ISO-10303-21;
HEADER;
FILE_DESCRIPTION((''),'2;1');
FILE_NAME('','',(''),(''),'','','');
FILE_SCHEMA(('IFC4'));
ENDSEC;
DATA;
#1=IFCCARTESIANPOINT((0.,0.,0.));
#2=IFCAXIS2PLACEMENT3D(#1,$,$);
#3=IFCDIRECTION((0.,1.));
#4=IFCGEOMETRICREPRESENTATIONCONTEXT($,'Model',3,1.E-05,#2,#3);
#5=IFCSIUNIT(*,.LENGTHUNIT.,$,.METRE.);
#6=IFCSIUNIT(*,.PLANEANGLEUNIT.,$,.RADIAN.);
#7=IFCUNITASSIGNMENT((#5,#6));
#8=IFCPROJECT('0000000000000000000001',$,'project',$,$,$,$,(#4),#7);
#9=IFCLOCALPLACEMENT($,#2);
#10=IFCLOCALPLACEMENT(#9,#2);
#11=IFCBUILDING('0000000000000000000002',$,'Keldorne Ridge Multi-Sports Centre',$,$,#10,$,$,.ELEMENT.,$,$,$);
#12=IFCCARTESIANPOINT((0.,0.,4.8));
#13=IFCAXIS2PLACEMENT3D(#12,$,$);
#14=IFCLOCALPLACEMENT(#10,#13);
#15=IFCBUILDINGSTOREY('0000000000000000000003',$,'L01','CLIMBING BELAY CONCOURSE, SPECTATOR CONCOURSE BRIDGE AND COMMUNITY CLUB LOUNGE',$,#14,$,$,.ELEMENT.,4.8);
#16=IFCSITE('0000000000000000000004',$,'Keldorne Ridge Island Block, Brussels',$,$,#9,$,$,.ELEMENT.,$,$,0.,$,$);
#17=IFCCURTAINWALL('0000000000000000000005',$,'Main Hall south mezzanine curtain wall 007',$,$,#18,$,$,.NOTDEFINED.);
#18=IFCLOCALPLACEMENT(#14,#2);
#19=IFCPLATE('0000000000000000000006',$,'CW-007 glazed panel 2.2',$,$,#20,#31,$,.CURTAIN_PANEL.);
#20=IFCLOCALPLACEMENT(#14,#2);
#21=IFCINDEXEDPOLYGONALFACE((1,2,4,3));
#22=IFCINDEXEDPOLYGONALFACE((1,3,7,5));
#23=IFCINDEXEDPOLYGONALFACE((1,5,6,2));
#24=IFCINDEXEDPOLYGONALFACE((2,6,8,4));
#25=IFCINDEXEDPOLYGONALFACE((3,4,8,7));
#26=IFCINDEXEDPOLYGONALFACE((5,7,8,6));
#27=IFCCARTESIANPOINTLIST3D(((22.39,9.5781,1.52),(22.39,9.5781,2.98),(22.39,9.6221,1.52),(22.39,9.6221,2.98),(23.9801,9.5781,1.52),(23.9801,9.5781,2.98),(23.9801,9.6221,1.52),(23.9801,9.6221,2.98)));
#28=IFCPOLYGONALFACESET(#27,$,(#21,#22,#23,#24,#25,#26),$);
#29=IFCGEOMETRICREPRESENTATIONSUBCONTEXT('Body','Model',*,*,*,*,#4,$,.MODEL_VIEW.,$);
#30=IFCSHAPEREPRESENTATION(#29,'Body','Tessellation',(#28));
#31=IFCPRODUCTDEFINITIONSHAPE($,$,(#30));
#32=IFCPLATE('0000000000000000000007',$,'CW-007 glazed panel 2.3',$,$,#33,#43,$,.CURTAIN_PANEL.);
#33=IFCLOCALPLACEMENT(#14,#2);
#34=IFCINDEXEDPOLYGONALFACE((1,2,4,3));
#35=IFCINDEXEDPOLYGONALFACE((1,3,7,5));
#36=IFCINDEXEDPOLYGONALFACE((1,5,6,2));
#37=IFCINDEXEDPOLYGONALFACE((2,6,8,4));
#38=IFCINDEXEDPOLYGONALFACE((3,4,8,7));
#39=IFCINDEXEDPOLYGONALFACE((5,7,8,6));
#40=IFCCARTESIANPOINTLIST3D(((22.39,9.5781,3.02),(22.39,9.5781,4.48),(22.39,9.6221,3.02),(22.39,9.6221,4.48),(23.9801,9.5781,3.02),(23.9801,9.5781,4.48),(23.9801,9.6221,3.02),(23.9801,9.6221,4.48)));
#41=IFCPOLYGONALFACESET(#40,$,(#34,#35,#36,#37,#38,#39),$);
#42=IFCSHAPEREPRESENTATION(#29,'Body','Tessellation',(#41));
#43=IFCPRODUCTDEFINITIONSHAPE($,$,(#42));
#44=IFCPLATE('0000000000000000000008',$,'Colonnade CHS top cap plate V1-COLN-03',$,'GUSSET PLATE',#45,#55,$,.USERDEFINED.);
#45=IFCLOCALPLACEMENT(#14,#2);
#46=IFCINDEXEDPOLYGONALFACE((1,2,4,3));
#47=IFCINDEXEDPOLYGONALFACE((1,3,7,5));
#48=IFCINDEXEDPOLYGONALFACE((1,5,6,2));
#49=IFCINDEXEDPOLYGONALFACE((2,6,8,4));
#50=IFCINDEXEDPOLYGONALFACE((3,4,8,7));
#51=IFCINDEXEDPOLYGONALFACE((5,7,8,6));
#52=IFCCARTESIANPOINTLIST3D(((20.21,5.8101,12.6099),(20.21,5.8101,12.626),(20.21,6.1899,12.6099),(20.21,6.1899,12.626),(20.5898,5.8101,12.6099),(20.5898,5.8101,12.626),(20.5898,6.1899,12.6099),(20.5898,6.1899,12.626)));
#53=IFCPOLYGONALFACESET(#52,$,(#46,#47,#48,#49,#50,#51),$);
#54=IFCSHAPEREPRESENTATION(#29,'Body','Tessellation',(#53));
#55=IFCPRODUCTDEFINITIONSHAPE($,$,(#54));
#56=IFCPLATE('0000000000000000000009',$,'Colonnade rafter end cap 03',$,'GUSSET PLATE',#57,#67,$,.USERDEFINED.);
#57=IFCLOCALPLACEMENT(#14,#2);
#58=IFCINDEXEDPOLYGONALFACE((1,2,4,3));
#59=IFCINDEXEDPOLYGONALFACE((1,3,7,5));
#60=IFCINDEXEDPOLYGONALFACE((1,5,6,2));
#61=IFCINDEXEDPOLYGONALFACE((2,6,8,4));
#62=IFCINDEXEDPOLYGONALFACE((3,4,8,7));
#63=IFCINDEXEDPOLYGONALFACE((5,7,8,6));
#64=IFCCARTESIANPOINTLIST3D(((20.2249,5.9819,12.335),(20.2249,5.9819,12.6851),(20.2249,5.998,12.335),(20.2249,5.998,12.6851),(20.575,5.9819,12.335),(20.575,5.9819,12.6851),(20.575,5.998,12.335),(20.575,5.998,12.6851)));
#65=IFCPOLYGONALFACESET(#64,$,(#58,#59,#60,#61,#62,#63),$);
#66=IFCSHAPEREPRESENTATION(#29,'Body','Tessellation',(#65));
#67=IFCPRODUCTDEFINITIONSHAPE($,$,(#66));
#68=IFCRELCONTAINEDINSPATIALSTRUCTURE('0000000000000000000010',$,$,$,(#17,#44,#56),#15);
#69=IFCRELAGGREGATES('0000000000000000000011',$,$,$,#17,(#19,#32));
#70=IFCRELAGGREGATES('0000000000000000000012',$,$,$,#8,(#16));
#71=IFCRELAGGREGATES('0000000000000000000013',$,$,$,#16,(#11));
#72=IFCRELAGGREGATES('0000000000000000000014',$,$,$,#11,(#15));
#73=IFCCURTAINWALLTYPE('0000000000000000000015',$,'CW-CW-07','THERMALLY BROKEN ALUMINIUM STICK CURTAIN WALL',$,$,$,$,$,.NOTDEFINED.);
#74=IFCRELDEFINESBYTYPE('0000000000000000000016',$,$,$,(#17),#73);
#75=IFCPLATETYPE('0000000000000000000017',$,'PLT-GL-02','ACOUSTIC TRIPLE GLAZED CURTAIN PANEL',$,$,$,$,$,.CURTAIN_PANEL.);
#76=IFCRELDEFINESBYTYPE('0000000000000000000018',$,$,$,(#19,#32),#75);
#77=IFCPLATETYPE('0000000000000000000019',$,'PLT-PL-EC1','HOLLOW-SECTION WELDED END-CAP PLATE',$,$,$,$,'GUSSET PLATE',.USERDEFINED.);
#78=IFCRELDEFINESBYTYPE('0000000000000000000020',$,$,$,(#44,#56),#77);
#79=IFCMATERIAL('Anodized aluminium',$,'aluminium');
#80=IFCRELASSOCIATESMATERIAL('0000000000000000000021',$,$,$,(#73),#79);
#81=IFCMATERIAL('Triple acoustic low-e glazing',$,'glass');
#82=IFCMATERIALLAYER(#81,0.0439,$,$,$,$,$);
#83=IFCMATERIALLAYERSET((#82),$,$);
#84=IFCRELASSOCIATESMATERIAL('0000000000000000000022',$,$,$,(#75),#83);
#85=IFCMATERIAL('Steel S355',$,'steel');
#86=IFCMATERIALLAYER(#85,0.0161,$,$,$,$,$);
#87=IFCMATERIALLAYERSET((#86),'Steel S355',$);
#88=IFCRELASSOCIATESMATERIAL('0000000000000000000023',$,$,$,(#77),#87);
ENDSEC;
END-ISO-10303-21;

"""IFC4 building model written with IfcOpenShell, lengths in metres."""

from ifc_helpers import new_model, si_unit, direction, frame, origin, origin_2d, place, context, subcontext, project, spatial, rectangle, extrude, material, layer, layer_set, type_object, element, aggregate, save


model = new_model("IFC4")

# Units and contexts
model_context = context("Model", 3, precision=1e-05, world=origin(), true_north=direction((0.0, 1.0)))
body_context = subcontext(model_context, "Body", "Model", "MODEL_VIEW")
ifc_project = project(units=[si_unit("LENGTHUNIT", "METRE"), si_unit("PLANEANGLEUNIT", "RADIAN")], contexts=[model_context])

# Site, building, storey
site_placement = place(None, origin())
site = spatial("IfcSite", under=ifc_project, at=site_placement, Name="Keldorne Ridge Island Block, Brussels", CompositionType="ELEMENT", RefElevation=0.0)
building_placement = place(site_placement, origin())
building = spatial("IfcBuilding", under=site, at=building_placement, Name="Keldorne Ridge Multi-Sports Centre", CompositionType="ELEMENT")
storey_placement = place(building_placement, frame((0.0, 0.0, 4.8)))
storey = spatial("IfcBuildingStorey", under=building, at=storey_placement, Name="L01", Description="CLIMBING BELAY CONCOURSE, SPECTATOR CONCOURSE BRIDGE AND COMMUNITY CLUB LOUNGE", CompositionType="ELEMENT", Elevation=4.8)

# Shared definitions
ifc_material_1 = material(Name="Steel S355", Category="steel")

# Curtain wall
ifc_material_2 = material(Name="Anodized aluminium", Category="aluminium")
curtain_wall_type_1 = type_object("IfcCurtainWallType", Name="CW-CW-07", Description="THERMALLY BROKEN ALUMINIUM STICK CURTAIN WALL", PredefinedType="NOTDEFINED", material=ifc_material_2)
curtain_wall_1_placement = place(storey_placement, origin())
curtain_wall_1 = element("IfcCurtainWall", 1, at=curtain_wall_1_placement, inside=storey, type_object=curtain_wall_type_1, Name="Main Hall south mezzanine curtain wall 007", PredefinedType="NOTDEFINED")

# Plates
ifc_material_3 = material(Name="Triple acoustic low-e glazing", Category="glass")
ifc_layer_1 = layer(ifc_material_3, 0.0439)
ifc_layer_set_1 = layer_set([ifc_layer_1])
plate_type_1 = type_object("IfcPlateType", Name="PLT-GL-02", Description="ACOUSTIC TRIPLE GLAZED CURTAIN PANEL", PredefinedType="CURTAIN_PANEL", material=ifc_layer_set_1)
plate_1_placement = place(storey_placement, frame((23.1851, 9.6001, 1.52), z_axis=(0.0, 0.0, 1.0), x_axis=(1.0, 0.0, 0.0)))
plate_1 = element("IfcPlate", 2, at=plate_1_placement, type_object=plate_type_1, Name="CW-007 glazed panel 2.2", PredefinedType="CURTAIN_PANEL", context=body_context, shape_type="SweptSolid", body=[
    extrude(rectangle(XDim=1.5901, YDim=0.0439, at=origin_2d()), origin(), (0.0, 0.0, 1.0), 1.46),
])
plate_2_placement = place(storey_placement, frame((23.1851, 9.6001, 3.02), z_axis=(0.0, 0.0, 1.0), x_axis=(1.0, 0.0, 0.0)))
plate_2 = element("IfcPlate", 3, at=plate_2_placement, type_object=plate_type_1, Name="CW-007 glazed panel 2.3", PredefinedType="CURTAIN_PANEL", context=body_context, shape_type="SweptSolid", body=[
    extrude(rectangle(XDim=1.5901, YDim=0.0439, at=origin_2d()), origin(), (0.0, 0.0, 1.0), 1.46),
])
aggregate(curtain_wall_1, [plate_1, plate_2])

# Plates
ifc_layer_2 = layer(ifc_material_1, 0.0161)
ifc_layer_set_2 = layer_set([ifc_layer_2], Name="Steel S355")
plate_type_2 = type_object("IfcPlateType", Name="PLT-PL-EC1", Description="HOLLOW-SECTION WELDED END-CAP PLATE", ElementType="GUSSET PLATE", PredefinedType="USERDEFINED", material=ifc_layer_set_2)
plate_3_placement = place(storey_placement, frame((20.3999, 6.0, 12.6099), z_axis=(0.0, 0.0, 1.0), x_axis=(1.0, 0.0, 0.0)))
element("IfcPlate", 4, at=plate_3_placement, inside=storey, type_object=plate_type_2, Name="Colonnade CHS top cap plate V1-COLN-03", ObjectType="GUSSET PLATE", PredefinedType="USERDEFINED", context=body_context, shape_type="SweptSolid", body=[
    extrude(rectangle(XDim=0.3799, YDim=0.3799, at=origin_2d()), origin(), (0.0, 0.0, 1.0), 0.0161),
])
plate_4_placement = place(storey_placement, frame((20.3999, 5.99, 12.335), z_axis=(0.0, 0.0, 1.0), x_axis=(1.0, 0.0, 0.0)))
element("IfcPlate", 5, at=plate_4_placement, inside=storey, type_object=plate_type_2, Name="Colonnade rafter end cap 03", ObjectType="GUSSET PLATE", PredefinedType="USERDEFINED", context=body_context, shape_type="SweptSolid", body=[
    extrude(rectangle(XDim=0.3501, YDim=0.0161, at=origin_2d()), origin(), (0.0, 0.0, 1.0), 0.3501),
])

save(model, "model.ifc")
